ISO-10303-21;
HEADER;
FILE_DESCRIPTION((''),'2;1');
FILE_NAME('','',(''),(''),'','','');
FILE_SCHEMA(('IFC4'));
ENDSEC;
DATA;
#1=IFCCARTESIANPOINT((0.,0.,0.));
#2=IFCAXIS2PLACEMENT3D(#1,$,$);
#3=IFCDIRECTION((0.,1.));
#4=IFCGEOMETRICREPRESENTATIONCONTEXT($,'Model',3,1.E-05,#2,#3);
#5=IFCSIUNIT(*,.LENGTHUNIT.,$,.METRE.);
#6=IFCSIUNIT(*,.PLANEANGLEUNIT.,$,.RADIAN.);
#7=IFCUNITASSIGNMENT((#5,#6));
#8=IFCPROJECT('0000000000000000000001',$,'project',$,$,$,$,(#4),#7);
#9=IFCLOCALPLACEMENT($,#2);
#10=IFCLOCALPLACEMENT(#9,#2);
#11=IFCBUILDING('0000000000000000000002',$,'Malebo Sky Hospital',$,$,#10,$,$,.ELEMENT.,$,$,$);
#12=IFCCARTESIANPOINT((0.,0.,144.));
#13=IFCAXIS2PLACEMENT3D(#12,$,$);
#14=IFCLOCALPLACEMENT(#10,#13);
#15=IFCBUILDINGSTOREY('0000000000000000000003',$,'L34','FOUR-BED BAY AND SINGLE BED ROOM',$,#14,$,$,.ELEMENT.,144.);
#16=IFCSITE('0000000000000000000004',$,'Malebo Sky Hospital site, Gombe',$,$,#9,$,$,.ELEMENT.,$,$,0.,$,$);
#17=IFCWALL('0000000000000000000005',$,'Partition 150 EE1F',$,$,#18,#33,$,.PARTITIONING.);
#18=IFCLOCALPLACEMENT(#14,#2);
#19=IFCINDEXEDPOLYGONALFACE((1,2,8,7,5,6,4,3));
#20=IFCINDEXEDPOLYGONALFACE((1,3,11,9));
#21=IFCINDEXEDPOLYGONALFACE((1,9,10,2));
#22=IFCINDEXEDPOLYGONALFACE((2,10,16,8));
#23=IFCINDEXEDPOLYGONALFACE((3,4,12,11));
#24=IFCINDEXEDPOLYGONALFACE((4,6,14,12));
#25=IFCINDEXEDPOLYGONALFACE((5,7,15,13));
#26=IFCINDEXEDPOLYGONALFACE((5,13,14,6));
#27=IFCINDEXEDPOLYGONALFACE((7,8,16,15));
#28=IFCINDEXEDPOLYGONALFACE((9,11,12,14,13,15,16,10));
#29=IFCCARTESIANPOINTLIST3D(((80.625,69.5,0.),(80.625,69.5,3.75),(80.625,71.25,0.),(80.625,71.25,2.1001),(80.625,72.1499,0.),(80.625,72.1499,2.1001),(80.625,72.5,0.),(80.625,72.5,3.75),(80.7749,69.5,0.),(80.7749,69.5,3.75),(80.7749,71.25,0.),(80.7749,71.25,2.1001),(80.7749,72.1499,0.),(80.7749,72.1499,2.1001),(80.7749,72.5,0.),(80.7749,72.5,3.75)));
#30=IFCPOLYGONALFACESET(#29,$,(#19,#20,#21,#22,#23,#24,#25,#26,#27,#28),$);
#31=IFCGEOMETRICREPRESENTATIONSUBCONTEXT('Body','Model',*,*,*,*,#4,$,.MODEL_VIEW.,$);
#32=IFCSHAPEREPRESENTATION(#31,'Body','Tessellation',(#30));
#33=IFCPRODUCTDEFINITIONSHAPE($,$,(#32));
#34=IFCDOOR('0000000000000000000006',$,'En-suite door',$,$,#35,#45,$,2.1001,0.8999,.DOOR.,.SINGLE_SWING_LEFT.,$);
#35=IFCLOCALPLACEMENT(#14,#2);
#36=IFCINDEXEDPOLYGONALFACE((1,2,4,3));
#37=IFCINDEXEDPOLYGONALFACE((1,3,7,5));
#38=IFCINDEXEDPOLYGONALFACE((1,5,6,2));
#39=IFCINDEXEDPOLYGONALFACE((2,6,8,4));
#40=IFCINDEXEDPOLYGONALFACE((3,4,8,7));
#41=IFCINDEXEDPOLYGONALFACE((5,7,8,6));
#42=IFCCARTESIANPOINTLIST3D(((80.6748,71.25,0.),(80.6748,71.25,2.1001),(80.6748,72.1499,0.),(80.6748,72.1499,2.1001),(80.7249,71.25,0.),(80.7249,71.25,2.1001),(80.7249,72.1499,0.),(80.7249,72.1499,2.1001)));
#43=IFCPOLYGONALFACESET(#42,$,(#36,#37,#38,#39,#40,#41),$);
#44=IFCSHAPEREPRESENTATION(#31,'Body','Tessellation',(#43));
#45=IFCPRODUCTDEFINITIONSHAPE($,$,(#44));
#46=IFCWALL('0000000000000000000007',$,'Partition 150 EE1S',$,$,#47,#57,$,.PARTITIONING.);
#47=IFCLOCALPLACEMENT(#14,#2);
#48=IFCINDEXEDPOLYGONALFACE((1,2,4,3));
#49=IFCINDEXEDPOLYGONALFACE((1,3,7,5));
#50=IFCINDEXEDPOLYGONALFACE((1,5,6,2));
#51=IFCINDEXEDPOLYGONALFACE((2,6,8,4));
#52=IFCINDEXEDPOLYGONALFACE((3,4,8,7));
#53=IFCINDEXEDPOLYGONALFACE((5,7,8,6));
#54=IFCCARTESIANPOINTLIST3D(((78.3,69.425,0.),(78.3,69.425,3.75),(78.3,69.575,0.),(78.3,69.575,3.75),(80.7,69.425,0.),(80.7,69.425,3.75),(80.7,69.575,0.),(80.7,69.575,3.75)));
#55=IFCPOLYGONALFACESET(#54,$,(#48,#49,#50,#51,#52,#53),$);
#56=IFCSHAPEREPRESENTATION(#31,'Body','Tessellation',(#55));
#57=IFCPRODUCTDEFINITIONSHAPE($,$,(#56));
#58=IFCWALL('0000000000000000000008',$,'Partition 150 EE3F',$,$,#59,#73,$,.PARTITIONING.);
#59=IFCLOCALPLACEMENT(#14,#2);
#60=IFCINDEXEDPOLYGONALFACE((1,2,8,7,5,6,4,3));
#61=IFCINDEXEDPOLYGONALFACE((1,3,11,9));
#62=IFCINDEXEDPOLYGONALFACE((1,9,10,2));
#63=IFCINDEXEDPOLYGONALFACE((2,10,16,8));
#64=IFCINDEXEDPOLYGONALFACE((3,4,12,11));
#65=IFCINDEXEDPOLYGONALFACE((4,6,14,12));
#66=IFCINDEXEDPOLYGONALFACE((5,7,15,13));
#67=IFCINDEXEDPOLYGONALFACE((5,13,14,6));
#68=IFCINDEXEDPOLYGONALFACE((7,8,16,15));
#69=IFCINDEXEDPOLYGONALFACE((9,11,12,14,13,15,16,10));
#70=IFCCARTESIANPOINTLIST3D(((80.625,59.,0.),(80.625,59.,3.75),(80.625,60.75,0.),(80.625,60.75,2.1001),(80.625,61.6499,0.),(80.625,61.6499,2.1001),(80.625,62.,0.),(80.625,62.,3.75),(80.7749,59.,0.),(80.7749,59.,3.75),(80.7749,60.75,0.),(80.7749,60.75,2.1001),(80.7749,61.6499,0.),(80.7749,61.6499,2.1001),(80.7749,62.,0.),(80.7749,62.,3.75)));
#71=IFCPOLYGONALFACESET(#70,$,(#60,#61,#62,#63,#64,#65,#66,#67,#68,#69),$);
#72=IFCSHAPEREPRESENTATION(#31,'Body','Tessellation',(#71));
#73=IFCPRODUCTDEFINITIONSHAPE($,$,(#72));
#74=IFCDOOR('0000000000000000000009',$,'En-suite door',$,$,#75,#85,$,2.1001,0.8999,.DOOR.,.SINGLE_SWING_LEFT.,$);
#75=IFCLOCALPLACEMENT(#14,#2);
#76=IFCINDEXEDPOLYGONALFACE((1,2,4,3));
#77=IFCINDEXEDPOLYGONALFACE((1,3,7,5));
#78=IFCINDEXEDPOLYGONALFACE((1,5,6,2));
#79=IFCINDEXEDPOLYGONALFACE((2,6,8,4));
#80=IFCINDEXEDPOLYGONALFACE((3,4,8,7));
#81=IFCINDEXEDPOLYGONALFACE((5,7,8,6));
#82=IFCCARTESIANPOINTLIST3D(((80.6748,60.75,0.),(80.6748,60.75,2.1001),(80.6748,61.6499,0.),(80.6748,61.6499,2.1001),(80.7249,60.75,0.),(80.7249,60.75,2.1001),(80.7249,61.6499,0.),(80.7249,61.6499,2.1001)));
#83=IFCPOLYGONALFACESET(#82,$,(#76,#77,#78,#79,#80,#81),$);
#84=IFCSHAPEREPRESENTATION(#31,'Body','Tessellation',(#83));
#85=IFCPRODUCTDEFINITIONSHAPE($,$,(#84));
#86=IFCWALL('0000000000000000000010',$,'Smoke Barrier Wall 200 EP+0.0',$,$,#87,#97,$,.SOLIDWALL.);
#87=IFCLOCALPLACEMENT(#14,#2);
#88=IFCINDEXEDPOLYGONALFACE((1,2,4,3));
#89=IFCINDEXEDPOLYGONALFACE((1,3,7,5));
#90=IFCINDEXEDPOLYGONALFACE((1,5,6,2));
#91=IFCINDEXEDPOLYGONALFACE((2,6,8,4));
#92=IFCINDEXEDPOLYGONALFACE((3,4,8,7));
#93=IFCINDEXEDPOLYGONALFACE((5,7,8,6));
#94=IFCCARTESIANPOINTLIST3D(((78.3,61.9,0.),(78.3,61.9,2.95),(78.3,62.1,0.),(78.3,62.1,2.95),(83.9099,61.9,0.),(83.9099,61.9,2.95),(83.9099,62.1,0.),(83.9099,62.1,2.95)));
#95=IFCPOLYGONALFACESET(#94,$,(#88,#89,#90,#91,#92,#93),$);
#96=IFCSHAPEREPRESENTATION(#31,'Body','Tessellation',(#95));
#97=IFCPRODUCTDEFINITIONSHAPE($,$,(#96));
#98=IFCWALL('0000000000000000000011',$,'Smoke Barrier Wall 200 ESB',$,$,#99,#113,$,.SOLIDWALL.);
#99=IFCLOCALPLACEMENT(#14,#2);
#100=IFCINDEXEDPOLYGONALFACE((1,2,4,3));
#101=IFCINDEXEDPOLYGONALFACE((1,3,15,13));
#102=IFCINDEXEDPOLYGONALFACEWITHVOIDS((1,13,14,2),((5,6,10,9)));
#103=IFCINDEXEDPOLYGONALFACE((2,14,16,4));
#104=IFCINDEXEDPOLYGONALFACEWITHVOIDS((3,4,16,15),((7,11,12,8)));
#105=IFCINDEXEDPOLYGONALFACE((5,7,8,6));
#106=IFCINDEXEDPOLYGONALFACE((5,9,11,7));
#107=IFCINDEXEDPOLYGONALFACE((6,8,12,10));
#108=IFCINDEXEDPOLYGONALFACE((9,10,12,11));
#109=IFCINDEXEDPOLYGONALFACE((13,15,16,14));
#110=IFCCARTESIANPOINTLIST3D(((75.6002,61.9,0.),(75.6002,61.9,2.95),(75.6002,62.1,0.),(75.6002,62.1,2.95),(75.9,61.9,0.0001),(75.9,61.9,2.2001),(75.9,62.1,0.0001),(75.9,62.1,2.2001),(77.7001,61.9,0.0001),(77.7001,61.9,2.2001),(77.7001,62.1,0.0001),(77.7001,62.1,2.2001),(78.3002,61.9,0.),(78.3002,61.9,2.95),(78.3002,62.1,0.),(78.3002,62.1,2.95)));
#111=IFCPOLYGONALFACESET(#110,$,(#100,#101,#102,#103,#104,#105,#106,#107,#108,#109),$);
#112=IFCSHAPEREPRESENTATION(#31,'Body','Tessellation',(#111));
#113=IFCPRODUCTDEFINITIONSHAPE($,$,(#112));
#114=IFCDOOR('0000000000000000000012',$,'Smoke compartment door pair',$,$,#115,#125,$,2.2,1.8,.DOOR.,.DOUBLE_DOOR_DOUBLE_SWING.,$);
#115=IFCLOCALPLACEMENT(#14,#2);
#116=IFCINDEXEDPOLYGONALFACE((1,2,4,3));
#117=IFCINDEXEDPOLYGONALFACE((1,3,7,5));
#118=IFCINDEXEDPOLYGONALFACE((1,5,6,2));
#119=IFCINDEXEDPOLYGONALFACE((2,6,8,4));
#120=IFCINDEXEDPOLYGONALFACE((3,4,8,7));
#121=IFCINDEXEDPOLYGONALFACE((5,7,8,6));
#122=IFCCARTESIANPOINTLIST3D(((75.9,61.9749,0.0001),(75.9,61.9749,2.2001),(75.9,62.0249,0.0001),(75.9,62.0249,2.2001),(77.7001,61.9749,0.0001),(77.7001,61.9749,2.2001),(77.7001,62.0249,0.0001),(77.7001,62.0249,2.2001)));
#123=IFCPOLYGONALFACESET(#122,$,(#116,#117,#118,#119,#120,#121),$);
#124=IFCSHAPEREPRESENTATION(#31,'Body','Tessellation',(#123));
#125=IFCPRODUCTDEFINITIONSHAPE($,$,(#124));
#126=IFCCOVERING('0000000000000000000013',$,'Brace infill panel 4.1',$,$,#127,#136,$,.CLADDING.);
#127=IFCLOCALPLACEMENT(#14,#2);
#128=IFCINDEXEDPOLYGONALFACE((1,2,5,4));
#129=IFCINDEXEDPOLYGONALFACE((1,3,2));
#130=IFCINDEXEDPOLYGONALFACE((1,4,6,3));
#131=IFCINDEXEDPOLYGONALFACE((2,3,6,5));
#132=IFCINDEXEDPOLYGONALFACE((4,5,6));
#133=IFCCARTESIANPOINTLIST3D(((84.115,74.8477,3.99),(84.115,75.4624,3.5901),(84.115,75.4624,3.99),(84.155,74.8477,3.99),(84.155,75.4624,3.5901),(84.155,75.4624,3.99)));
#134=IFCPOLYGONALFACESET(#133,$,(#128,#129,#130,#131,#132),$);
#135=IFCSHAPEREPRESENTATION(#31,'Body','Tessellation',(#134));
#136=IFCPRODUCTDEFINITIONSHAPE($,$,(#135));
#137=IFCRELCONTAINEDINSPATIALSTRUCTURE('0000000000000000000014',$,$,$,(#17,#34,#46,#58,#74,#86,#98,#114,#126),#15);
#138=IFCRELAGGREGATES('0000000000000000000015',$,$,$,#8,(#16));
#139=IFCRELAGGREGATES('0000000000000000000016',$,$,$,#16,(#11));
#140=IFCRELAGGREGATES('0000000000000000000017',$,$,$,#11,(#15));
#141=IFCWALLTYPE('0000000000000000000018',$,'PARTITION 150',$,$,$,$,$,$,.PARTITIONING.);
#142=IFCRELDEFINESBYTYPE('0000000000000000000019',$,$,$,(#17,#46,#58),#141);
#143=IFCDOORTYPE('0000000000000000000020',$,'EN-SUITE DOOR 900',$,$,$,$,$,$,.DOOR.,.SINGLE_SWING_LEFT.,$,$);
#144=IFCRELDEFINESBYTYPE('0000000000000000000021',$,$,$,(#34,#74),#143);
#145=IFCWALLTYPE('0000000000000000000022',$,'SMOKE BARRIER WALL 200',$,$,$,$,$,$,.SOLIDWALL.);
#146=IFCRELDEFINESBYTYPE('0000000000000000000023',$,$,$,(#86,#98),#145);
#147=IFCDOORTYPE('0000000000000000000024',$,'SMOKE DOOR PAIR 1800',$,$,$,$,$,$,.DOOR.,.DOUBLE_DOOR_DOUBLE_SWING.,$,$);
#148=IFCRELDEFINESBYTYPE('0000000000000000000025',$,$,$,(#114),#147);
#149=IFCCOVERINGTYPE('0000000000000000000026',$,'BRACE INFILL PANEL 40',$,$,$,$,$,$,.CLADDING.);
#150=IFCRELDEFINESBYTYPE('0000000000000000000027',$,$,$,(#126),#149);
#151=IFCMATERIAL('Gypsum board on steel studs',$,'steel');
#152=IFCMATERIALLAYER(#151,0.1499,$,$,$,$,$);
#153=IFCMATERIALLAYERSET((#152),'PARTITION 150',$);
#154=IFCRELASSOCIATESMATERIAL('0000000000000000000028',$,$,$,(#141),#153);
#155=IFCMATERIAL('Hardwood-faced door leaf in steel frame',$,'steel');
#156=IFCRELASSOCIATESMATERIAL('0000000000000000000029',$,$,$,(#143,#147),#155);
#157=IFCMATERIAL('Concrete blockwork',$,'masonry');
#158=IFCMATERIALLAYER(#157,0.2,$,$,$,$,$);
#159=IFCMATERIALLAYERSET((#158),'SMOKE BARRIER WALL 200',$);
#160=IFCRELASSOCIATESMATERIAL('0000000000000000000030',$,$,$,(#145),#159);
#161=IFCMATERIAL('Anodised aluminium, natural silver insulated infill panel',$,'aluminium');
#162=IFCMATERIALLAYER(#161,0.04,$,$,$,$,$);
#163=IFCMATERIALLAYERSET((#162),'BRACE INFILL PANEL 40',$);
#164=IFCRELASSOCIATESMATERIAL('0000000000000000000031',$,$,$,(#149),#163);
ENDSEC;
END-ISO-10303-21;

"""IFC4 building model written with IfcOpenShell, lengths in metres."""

from ifc_helpers import new_model, si_unit, direction, frame, frame_2d, origin, place, context, subcontext, project, spatial, polyline, rectangle, outline, extrude, material, layer, layer_set, type_object, element, fill, save


model = new_model("IFC4")

# Units and contexts
model_context = context("Model", 3, precision=1e-05, world=origin(), true_north=direction((0.0, 1.0)))
body_context = subcontext(model_context, "Body", "Model", "MODEL_VIEW")
ifc_project = project(units=[si_unit("LENGTHUNIT", "METRE"), si_unit("PLANEANGLEUNIT", "RADIAN")], contexts=[model_context])

# Site, building, storey
site_placement = place(None, origin())
site = spatial("IfcSite", under=ifc_project, at=site_placement, Name="Malebo Sky Hospital site, Gombe", CompositionType="ELEMENT", RefElevation=0.0)
building_placement = place(site_placement, origin())
building = spatial("IfcBuilding", under=site, at=building_placement, Name="Malebo Sky Hospital", CompositionType="ELEMENT")
storey_placement = place(building_placement, frame((0.0, 0.0, 144.0)))
storey = spatial("IfcBuildingStorey", under=building, at=storey_placement, Name="L34", Description="FOUR-BED BAY AND SINGLE BED ROOM", CompositionType="ELEMENT", Elevation=144.0)

# Shared definitions
ifc_material_1 = material(Name="Gypsum board on steel studs", Category="steel")
ifc_layer_1 = layer(ifc_material_1, 0.1499)
ifc_layer_set_1 = layer_set([ifc_layer_1], Name="PARTITION 150")
wall_type_1 = type_object("IfcWallType", Name="PARTITION 150", PredefinedType="PARTITIONING", material=ifc_layer_set_1)

# Wall, opening, door
wall_1_placement = place(storey_placement, frame((80.7, 72.5, 0.0), z_axis=(0.0, 0.0, 1.0), x_axis=(0.0, -1.0, 0.0)))
wall_1 = element("IfcWall", 1, at=wall_1_placement, inside=storey, type_object=wall_type_1, Name="Partition 150 EE1F", PredefinedType="PARTITIONING", context=body_context, shape_type="SweptSolid", body=[
    extrude(rectangle(XDim=3.0, YDim=0.1499, at=frame_2d((1.5, 0.0))), origin(), (0.0, 0.0, 1.0), 3.75),
])
opening_1_placement = place(wall_1_placement, frame((0.3501, 0.0, 0.0)))
opening_1 = element("IfcOpeningElement", 2, at=opening_1_placement, cuts=wall_1, PredefinedType="OPENING", context=body_context, shape_type="SweptSolid", body=[
    extrude(rectangle(XDim=0.8999, YDim=2.1001, at=frame_2d((0.45, 1.05))), frame((0.0, 0.085, 0.0), z_axis=(0.0, -1.0, 0.0), x_axis=(1.0, 0.0, 0.0)), (0.0, 0.0, 1.0), 0.1699),
])
ifc_material_2 = material(Name="Hardwood-faced door leaf in steel frame", Category="steel")
door_type_1 = type_object("IfcDoorType", Name="EN-SUITE DOOR 900", OperationType="SINGLE_SWING_LEFT", PredefinedType="DOOR", material=ifc_material_2)
door_1_placement = place(opening_1_placement, origin())
door_1 = element("IfcDoor", 3, at=door_1_placement, inside=storey, type_object=door_type_1, Name="En-suite door", OperationType="SINGLE_SWING_LEFT", OverallHeight=2.1001, OverallWidth=0.8999, PredefinedType="DOOR", context=body_context, shape_type="SweptSolid", body=[
    extrude(rectangle(XDim=0.8999, YDim=2.1001, at=frame_2d((0.45, 1.05))), frame((0.0, 0.0249, 0.0), z_axis=(0.0, -1.0, 0.0), x_axis=(1.0, 0.0, 0.0)), (0.0, 0.0, 1.0), 0.05),
])
fill(opening_1, door_1)

# Wall
wall_2_placement = place(storey_placement, frame((78.3, 69.5, 0.0), z_axis=(0.0, 0.0, 1.0), x_axis=(1.0, 0.0, 0.0)))
element("IfcWall", 4, at=wall_2_placement, inside=storey, type_object=wall_type_1, Name="Partition 150 EE1S", PredefinedType="PARTITIONING", context=body_context, shape_type="SweptSolid", body=[
    extrude(rectangle(XDim=2.3999, YDim=0.1499, at=frame_2d((1.2, 0.0))), origin(), (0.0, 0.0, 1.0), 3.75),
])

# Wall, opening, door
wall_3_placement = place(storey_placement, frame((80.7, 62.0, 0.0), z_axis=(0.0, 0.0, 1.0), x_axis=(0.0, -1.0, 0.0)))
wall_3 = element("IfcWall", 5, at=wall_3_placement, inside=storey, type_object=wall_type_1, Name="Partition 150 EE3F", PredefinedType="PARTITIONING", context=body_context, shape_type="SweptSolid", body=[
    extrude(rectangle(XDim=3.0, YDim=0.1499, at=frame_2d((1.5, 0.0))), origin(), (0.0, 0.0, 1.0), 3.75),
])
opening_2_placement = place(wall_3_placement, frame((0.3501, 0.0, 0.0)))
opening_2 = element("IfcOpeningElement", 6, at=opening_2_placement, cuts=wall_3, PredefinedType="OPENING", context=body_context, shape_type="SweptSolid", body=[
    extrude(rectangle(XDim=0.8999, YDim=2.1001, at=frame_2d((0.45, 1.05))), frame((0.0, 0.085, 0.0), z_axis=(0.0, -1.0, 0.0), x_axis=(1.0, 0.0, 0.0)), (0.0, 0.0, 1.0), 0.1699),
])
door_2_placement = place(opening_2_placement, origin())
door_2 = element("IfcDoor", 7, at=door_2_placement, inside=storey, type_object=door_type_1, Name="En-suite door", OperationType="SINGLE_SWING_LEFT", OverallHeight=2.1001, OverallWidth=0.8999, PredefinedType="DOOR", context=body_context, shape_type="SweptSolid", body=[
    extrude(rectangle(XDim=0.8999, YDim=2.1001, at=frame_2d((0.45, 1.05))), frame((0.0, 0.0249, 0.0), z_axis=(0.0, -1.0, 0.0), x_axis=(1.0, 0.0, 0.0)), (0.0, 0.0, 1.0), 0.05),
])
fill(opening_2, door_2)

# Wall
ifc_material_3 = material(Name="Concrete blockwork", Category="masonry")
ifc_layer_2 = layer(ifc_material_3, 0.2)
ifc_layer_set_2 = layer_set([ifc_layer_2], Name="SMOKE BARRIER WALL 200")
wall_type_2 = type_object("IfcWallType", Name="SMOKE BARRIER WALL 200", PredefinedType="SOLIDWALL", material=ifc_layer_set_2)
wall_4_placement = place(storey_placement, frame((78.3, 62.0, 0.0), z_axis=(0.0, 0.0, 1.0), x_axis=(1.0, 0.0, 0.0)))
element("IfcWall", 8, at=wall_4_placement, inside=storey, type_object=wall_type_2, Name="Smoke Barrier Wall 200 EP+0.0", PredefinedType="SOLIDWALL", context=body_context, shape_type="SweptSolid", body=[
    extrude(rectangle(XDim=5.6099, YDim=0.2, at=frame_2d((2.8049, 0.0))), origin(), (0.0, 0.0, 1.0), 2.95),
])

# Wall, opening, door
wall_5_placement = place(storey_placement, frame((75.6001, 62.0, 0.0), z_axis=(0.0, 0.0, 1.0), x_axis=(1.0, 0.0, 0.0)))
wall_5 = element("IfcWall", 9, at=wall_5_placement, inside=storey, type_object=wall_type_2, Name="Smoke Barrier Wall 200 ESB", PredefinedType="SOLIDWALL", context=body_context, shape_type="SweptSolid", body=[
    extrude(rectangle(XDim=2.7, YDim=0.2, at=frame_2d((1.3501, 0.0))), origin(), (0.0, 0.0, 1.0), 2.95),
])
opening_3_placement = place(wall_5_placement, frame((0.3, 0.0, 0.0)))
opening_3 = element("IfcOpeningElement", 10, at=opening_3_placement, cuts=wall_5, PredefinedType="OPENING", context=body_context, shape_type="SweptSolid", body=[
    extrude(rectangle(XDim=1.8, YDim=2.2, at=frame_2d((0.8999, 1.1001))), frame((0.0, 0.1099, 0.0), z_axis=(0.0, -1.0, 0.0), x_axis=(1.0, 0.0, 0.0)), (0.0, 0.0, 1.0), 0.22),
])
door_type_2 = type_object("IfcDoorType", Name="SMOKE DOOR PAIR 1800", OperationType="DOUBLE_DOOR_DOUBLE_SWING", PredefinedType="DOOR", material=ifc_material_2)
door_3_placement = place(opening_3_placement, origin())
door_3 = element("IfcDoor", 11, at=door_3_placement, inside=storey, type_object=door_type_2, Name="Smoke compartment door pair", OperationType="DOUBLE_DOOR_DOUBLE_SWING", OverallHeight=2.2, OverallWidth=1.8, PredefinedType="DOOR", context=body_context, shape_type="SweptSolid", body=[
    extrude(rectangle(XDim=1.8, YDim=2.2, at=frame_2d((0.8999, 1.1001))), frame((0.0, 0.0249, 0.0), z_axis=(0.0, -1.0, 0.0), x_axis=(1.0, 0.0, 0.0)), (0.0, 0.0, 1.0), 0.05),
])
fill(opening_3, door_3)

# Covering
ifc_material_4 = material(Name="Anodised aluminium, natural silver insulated infill panel", Category="aluminium")
ifc_layer_3 = layer(ifc_material_4, 0.04)
ifc_layer_set_3 = layer_set([ifc_layer_3], Name="BRACE INFILL PANEL 40")
covering_type = type_object("IfcCoveringType", Name="BRACE INFILL PANEL 40", PredefinedType="CLADDING", material=ifc_layer_set_3)
covering_placement = place(storey_placement, frame((84.135, 75.155, 3.5901), z_axis=(0.0, 0.0, 1.0), x_axis=(0.0, -1.0, 0.0)))
element("IfcCovering", 12, at=covering_placement, inside=storey, type_object=covering_type, Name="Brace infill panel 4.1", PredefinedType="CLADDING", context=body_context, shape_type="SweptSolid", body=[
    extrude(outline(polyline([(-0.3074, 0.0), (0.3074, 0.3999), (-0.3074, 0.3999), (-0.3074, 0.0)])), frame((0.0, 0.02, 0.0), z_axis=(0.0, -1.0, 0.0), x_axis=(1.0, 0.0, 0.0)), (0.0, 0.0, 1.0), 0.04),
])

save(model, "model.ifc")
